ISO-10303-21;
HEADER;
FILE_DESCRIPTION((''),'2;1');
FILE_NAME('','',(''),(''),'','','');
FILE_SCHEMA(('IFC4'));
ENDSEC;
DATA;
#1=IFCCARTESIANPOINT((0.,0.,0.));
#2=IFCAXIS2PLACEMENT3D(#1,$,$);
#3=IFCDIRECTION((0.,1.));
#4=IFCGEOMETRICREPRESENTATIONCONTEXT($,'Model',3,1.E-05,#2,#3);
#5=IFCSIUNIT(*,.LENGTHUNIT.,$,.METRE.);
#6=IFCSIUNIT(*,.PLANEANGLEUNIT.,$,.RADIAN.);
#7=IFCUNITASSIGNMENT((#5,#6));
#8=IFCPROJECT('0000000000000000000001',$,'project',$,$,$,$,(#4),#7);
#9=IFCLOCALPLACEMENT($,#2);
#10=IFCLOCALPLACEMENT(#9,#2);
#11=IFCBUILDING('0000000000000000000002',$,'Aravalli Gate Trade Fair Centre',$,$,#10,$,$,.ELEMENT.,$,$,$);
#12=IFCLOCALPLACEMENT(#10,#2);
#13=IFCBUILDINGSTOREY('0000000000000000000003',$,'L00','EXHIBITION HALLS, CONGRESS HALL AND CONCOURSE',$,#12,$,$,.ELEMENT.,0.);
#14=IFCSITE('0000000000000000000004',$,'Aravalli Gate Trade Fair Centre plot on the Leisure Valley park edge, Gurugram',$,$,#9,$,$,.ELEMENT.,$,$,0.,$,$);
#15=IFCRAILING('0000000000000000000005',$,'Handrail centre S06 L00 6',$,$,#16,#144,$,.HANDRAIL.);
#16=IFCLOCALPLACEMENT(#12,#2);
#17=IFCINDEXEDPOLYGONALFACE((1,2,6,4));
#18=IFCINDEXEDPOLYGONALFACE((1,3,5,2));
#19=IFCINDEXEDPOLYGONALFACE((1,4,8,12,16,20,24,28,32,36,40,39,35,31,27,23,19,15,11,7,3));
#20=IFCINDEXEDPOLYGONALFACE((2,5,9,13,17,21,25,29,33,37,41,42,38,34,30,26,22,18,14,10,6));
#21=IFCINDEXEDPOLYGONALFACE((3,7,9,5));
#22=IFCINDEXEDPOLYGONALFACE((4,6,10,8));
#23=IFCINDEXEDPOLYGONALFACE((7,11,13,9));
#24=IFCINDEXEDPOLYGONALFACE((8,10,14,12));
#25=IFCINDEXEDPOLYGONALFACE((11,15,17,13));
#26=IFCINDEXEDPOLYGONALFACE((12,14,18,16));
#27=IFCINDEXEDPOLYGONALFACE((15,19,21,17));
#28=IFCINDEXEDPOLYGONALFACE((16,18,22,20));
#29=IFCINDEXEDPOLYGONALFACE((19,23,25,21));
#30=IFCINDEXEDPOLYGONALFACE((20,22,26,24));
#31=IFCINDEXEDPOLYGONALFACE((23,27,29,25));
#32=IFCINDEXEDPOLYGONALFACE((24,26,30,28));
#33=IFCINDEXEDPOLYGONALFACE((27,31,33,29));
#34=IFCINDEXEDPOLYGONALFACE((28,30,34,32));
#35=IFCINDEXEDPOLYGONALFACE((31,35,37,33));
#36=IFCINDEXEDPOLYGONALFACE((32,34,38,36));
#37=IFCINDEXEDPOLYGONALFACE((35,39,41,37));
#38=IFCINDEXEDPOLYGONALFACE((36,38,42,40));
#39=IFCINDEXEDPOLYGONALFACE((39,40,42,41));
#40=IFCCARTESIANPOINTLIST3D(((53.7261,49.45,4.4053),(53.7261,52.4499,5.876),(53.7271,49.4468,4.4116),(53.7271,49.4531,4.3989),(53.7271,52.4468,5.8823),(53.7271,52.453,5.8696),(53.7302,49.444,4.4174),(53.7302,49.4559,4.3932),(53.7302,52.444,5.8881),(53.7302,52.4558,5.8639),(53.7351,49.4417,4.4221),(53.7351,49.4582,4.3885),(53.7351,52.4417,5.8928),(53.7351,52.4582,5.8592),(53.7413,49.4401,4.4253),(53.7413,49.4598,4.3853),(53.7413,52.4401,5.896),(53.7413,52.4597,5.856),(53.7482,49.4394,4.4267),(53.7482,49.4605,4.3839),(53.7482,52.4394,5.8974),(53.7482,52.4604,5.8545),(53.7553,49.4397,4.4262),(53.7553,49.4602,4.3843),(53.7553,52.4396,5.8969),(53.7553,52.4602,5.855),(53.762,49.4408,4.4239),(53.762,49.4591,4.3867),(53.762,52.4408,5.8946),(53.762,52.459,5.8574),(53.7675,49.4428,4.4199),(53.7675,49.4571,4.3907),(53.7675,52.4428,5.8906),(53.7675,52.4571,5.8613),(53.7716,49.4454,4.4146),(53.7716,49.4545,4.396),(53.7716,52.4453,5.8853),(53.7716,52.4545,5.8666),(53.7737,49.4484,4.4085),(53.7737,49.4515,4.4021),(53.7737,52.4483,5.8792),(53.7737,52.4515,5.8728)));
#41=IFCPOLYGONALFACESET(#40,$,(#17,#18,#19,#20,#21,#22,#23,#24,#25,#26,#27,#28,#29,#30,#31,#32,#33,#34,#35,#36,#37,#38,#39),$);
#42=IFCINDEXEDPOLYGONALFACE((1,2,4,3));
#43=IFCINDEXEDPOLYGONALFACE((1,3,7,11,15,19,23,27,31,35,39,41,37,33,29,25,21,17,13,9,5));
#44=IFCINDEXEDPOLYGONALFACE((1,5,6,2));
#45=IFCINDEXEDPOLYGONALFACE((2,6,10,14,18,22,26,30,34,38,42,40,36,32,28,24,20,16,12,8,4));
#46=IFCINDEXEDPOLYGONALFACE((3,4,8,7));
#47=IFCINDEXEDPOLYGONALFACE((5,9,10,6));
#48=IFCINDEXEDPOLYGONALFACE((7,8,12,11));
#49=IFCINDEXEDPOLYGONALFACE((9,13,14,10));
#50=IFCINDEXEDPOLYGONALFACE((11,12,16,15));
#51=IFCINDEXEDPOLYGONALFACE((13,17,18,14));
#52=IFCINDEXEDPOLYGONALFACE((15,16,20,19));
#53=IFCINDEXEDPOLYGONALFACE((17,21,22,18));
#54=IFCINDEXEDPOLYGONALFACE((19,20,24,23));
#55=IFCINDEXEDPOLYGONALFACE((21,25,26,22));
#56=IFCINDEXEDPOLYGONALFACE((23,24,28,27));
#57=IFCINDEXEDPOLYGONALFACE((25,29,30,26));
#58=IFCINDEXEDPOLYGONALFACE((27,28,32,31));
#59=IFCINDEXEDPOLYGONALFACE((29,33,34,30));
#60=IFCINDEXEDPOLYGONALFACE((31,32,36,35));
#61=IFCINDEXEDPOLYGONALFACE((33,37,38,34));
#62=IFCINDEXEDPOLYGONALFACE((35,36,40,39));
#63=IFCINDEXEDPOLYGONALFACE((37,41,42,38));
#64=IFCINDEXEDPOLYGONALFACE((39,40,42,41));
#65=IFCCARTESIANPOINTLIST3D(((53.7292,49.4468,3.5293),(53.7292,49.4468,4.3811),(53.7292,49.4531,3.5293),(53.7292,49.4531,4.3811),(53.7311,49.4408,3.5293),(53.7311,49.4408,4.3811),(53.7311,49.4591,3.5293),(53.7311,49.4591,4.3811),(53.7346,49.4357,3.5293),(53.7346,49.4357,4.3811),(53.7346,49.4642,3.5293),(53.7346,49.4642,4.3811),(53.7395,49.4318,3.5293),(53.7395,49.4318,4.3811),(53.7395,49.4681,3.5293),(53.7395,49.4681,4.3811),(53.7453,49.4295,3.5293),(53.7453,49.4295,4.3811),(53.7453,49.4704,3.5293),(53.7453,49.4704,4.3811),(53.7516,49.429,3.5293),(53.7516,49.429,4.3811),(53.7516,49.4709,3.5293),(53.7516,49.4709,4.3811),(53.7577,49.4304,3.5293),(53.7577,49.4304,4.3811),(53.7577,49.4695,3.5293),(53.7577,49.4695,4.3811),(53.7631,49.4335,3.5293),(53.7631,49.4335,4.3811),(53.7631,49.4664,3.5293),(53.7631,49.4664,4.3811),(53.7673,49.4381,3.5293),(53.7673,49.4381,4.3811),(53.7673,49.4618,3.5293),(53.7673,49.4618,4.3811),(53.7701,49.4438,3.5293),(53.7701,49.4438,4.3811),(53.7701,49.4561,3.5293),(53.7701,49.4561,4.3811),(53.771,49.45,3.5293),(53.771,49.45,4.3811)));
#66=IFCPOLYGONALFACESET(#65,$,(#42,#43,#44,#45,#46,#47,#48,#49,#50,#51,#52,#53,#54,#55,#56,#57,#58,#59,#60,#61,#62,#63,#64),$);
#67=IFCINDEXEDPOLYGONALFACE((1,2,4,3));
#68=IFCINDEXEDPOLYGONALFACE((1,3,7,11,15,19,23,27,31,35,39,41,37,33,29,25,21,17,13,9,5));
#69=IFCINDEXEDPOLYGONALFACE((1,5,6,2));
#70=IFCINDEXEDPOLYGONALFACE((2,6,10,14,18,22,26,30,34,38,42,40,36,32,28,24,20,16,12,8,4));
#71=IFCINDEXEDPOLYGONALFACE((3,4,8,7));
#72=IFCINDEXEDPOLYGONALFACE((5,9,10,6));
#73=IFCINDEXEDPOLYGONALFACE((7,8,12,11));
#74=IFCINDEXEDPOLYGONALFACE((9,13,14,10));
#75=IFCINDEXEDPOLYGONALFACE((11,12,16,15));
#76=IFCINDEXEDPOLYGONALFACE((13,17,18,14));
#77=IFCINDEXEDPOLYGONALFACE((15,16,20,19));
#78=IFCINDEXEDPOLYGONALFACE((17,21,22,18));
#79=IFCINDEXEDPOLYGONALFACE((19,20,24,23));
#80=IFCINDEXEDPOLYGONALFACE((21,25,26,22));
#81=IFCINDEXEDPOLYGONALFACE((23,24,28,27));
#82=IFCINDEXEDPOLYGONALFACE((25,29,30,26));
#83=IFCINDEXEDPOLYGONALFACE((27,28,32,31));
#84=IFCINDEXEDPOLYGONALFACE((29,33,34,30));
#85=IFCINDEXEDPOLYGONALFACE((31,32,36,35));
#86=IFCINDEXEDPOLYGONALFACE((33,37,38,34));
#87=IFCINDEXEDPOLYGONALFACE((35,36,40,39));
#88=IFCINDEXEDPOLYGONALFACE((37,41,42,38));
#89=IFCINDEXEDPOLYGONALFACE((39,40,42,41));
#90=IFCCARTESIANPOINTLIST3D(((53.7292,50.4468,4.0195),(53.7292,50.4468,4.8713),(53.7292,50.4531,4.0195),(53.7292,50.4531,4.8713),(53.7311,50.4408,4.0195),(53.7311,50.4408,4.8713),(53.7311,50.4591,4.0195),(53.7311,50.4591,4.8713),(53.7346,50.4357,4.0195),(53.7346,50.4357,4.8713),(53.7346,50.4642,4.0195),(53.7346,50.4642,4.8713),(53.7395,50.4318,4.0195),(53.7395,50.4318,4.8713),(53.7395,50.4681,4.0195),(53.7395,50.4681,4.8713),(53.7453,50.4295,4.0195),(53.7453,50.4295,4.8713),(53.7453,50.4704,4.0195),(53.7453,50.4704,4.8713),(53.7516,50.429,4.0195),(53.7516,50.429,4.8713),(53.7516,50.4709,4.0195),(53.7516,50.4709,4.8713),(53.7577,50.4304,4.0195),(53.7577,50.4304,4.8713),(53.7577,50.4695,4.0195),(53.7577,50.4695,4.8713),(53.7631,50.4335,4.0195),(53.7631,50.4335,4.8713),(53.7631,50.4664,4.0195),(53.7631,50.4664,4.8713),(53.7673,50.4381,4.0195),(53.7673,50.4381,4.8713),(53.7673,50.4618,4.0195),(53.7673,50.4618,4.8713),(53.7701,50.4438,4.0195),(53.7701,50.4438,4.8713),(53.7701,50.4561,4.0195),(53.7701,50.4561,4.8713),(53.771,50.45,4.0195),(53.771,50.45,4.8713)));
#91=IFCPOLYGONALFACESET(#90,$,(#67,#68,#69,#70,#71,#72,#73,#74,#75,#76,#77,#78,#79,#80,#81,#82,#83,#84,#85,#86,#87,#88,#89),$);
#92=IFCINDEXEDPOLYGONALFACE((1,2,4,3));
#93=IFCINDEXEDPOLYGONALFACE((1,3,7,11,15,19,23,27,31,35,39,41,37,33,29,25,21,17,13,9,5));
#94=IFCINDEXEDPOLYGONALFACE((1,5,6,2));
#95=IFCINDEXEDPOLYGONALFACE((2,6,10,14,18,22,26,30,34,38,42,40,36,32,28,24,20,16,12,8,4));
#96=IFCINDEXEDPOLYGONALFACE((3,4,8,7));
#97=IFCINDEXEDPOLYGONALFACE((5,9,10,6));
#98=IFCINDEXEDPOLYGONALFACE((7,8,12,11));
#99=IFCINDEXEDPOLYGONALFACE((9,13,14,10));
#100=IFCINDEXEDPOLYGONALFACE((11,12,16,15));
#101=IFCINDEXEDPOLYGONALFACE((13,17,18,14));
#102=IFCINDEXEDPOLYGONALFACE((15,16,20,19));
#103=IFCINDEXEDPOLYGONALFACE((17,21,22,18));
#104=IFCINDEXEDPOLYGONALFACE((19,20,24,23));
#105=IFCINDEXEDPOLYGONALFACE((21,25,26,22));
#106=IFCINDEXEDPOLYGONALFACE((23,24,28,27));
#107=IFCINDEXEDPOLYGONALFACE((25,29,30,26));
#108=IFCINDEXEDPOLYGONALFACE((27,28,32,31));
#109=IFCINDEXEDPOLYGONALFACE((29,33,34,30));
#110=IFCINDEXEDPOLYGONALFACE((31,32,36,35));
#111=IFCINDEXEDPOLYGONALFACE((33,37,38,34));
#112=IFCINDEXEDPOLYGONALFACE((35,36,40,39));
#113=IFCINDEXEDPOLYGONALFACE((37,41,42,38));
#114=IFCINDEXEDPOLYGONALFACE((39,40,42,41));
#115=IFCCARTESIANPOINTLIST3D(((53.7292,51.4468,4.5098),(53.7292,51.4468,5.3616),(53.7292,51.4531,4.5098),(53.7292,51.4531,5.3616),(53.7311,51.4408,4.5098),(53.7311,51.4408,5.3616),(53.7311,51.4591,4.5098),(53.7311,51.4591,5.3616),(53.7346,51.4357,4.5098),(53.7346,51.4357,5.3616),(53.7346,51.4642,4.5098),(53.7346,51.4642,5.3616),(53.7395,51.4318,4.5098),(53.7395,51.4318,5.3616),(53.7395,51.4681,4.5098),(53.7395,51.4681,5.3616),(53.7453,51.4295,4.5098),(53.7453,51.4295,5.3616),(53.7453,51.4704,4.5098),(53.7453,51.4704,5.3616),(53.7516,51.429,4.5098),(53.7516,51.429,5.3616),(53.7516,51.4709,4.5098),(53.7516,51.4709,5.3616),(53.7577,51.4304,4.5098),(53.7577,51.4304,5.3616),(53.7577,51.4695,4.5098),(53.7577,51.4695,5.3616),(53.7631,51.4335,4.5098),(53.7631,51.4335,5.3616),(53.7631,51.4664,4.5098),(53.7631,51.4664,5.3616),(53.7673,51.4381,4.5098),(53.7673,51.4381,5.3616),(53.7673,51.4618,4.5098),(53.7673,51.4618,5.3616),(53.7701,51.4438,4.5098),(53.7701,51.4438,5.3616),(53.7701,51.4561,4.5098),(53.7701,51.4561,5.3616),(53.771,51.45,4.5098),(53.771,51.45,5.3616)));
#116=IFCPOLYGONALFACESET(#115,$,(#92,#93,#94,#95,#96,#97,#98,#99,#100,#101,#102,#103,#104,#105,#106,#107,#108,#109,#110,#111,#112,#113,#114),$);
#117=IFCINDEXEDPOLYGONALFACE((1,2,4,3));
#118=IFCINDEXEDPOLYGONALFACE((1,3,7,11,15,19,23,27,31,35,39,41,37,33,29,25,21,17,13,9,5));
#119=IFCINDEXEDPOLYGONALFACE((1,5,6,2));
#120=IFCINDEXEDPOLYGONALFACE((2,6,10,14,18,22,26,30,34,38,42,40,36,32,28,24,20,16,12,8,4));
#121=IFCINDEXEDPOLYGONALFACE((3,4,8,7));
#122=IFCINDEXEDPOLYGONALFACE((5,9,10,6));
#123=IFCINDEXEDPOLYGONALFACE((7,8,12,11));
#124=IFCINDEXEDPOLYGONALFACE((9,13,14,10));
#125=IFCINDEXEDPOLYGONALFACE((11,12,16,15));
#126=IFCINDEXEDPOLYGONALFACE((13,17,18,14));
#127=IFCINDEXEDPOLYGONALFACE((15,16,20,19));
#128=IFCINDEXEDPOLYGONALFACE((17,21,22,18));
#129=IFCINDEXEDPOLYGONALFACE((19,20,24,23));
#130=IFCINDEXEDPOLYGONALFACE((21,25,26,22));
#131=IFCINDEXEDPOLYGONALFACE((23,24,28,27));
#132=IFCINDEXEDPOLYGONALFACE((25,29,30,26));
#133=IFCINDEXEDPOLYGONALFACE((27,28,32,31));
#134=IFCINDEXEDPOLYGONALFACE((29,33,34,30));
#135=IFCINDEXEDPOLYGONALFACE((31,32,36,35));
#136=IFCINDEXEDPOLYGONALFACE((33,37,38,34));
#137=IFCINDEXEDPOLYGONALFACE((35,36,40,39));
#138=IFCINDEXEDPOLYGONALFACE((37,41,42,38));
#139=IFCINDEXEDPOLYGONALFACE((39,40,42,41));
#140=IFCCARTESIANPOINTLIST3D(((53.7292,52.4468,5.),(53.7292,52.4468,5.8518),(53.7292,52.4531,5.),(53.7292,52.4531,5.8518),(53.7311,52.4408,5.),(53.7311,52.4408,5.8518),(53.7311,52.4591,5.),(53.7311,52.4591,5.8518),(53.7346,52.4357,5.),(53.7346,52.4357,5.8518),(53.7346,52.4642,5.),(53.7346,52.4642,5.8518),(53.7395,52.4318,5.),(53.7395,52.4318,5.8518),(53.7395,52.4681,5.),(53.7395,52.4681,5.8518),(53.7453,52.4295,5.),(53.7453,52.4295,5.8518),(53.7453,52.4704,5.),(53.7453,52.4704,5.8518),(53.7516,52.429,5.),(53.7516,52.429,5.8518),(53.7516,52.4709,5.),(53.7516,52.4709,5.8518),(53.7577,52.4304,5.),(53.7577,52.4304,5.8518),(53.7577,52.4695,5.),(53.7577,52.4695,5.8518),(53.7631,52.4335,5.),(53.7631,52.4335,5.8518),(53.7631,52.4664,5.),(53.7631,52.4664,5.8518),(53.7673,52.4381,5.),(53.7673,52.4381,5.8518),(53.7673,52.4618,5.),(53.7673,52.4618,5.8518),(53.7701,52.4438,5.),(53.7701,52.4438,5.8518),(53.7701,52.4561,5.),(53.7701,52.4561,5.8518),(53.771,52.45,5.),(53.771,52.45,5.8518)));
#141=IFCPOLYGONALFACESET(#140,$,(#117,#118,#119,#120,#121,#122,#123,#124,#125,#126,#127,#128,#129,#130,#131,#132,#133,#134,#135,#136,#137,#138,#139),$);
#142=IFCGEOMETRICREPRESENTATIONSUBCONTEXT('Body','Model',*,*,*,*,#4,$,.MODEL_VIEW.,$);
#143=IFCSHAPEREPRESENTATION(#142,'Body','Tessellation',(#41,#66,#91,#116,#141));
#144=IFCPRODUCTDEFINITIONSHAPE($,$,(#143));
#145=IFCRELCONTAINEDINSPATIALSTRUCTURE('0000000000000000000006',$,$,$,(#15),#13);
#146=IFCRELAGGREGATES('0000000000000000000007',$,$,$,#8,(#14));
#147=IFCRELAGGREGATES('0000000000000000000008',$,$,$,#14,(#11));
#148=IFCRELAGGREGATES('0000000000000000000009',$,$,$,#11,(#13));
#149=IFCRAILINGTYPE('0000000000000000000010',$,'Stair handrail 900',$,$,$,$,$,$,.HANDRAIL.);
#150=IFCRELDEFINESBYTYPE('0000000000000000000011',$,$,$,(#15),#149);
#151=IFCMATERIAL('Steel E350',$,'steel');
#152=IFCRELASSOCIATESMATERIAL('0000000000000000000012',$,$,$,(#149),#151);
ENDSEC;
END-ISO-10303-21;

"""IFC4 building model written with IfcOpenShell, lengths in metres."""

from ifc_helpers import new_model, si_unit, direction, frame, origin, origin_2d, place, context, subcontext, project, spatial, circle, extrude, material, type_object, element, save


model = new_model("IFC4")

# Units and contexts
model_context = context("Model", 3, precision=1e-05, world=origin(), true_north=direction((0.0, 1.0)))
body_context = subcontext(model_context, "Body", "Model", "MODEL_VIEW")
ifc_project = project(units=[si_unit("LENGTHUNIT", "METRE"), si_unit("PLANEANGLEUNIT", "RADIAN")], contexts=[model_context])

# Site, building, storey
site_placement = place(None, origin())
site = spatial("IfcSite", under=ifc_project, at=site_placement, Name="Aravalli Gate Trade Fair Centre plot on the Leisure Valley park edge, Gurugram", CompositionType="ELEMENT", RefElevation=0.0)
building_placement = place(site_placement, origin())
building = spatial("IfcBuilding", under=site, at=building_placement, Name="Aravalli Gate Trade Fair Centre", CompositionType="ELEMENT")
storey_placement = place(building_placement, origin())
storey = spatial("IfcBuildingStorey", under=building, at=storey_placement, Name="L00", Description="EXHIBITION HALLS, CONGRESS HALL AND CONCOURSE", CompositionType="ELEMENT", Elevation=0.0)

# Railing
ifc_material_1 = material(Name="Steel E350", Category="steel")
railing_type = type_object("IfcRailingType", Name="Stair handrail 900", PredefinedType="HANDRAIL", material=ifc_material_1)
for number, where, name in (
    (1, (53.75, 49.45, 3.5293), "Handrail centre S06 L00 6"),
):
    element("IfcRailing", number, at=place(storey_placement, frame(where)), inside=storey, type_object=railing_type, Name=name, PredefinedType="HANDRAIL", context=body_context, shape_type="SweptSolid", body=[
        extrude(circle(Radius=0.0239, at=origin_2d()), frame((0.0, 0.0, 0.876), z_axis=(0.0, 0.897907, 0.440185), x_axis=(-1.0, 0.0, 0.0)), (0.0, 0.0, 1.0), 3.3411),
        extrude(circle(Radius=0.021, at=origin_2d()), origin(), (0.0, 0.0, 1.0), 0.8518),
        extrude(circle(Radius=0.021, at=origin_2d()), frame((0.0, 1.0, 0.4902)), (0.0, 0.0, 1.0), 0.8518),
        extrude(circle(Radius=0.021, at=origin_2d()), frame((0.0, 2.0, 0.9805)), (0.0, 0.0, 1.0), 0.8518),
        extrude(circle(Radius=0.021, at=origin_2d()), frame((0.0, 3.0, 1.4707)), (0.0, 0.0, 1.0), 0.8518),
    ])

save(model, "model.ifc")
